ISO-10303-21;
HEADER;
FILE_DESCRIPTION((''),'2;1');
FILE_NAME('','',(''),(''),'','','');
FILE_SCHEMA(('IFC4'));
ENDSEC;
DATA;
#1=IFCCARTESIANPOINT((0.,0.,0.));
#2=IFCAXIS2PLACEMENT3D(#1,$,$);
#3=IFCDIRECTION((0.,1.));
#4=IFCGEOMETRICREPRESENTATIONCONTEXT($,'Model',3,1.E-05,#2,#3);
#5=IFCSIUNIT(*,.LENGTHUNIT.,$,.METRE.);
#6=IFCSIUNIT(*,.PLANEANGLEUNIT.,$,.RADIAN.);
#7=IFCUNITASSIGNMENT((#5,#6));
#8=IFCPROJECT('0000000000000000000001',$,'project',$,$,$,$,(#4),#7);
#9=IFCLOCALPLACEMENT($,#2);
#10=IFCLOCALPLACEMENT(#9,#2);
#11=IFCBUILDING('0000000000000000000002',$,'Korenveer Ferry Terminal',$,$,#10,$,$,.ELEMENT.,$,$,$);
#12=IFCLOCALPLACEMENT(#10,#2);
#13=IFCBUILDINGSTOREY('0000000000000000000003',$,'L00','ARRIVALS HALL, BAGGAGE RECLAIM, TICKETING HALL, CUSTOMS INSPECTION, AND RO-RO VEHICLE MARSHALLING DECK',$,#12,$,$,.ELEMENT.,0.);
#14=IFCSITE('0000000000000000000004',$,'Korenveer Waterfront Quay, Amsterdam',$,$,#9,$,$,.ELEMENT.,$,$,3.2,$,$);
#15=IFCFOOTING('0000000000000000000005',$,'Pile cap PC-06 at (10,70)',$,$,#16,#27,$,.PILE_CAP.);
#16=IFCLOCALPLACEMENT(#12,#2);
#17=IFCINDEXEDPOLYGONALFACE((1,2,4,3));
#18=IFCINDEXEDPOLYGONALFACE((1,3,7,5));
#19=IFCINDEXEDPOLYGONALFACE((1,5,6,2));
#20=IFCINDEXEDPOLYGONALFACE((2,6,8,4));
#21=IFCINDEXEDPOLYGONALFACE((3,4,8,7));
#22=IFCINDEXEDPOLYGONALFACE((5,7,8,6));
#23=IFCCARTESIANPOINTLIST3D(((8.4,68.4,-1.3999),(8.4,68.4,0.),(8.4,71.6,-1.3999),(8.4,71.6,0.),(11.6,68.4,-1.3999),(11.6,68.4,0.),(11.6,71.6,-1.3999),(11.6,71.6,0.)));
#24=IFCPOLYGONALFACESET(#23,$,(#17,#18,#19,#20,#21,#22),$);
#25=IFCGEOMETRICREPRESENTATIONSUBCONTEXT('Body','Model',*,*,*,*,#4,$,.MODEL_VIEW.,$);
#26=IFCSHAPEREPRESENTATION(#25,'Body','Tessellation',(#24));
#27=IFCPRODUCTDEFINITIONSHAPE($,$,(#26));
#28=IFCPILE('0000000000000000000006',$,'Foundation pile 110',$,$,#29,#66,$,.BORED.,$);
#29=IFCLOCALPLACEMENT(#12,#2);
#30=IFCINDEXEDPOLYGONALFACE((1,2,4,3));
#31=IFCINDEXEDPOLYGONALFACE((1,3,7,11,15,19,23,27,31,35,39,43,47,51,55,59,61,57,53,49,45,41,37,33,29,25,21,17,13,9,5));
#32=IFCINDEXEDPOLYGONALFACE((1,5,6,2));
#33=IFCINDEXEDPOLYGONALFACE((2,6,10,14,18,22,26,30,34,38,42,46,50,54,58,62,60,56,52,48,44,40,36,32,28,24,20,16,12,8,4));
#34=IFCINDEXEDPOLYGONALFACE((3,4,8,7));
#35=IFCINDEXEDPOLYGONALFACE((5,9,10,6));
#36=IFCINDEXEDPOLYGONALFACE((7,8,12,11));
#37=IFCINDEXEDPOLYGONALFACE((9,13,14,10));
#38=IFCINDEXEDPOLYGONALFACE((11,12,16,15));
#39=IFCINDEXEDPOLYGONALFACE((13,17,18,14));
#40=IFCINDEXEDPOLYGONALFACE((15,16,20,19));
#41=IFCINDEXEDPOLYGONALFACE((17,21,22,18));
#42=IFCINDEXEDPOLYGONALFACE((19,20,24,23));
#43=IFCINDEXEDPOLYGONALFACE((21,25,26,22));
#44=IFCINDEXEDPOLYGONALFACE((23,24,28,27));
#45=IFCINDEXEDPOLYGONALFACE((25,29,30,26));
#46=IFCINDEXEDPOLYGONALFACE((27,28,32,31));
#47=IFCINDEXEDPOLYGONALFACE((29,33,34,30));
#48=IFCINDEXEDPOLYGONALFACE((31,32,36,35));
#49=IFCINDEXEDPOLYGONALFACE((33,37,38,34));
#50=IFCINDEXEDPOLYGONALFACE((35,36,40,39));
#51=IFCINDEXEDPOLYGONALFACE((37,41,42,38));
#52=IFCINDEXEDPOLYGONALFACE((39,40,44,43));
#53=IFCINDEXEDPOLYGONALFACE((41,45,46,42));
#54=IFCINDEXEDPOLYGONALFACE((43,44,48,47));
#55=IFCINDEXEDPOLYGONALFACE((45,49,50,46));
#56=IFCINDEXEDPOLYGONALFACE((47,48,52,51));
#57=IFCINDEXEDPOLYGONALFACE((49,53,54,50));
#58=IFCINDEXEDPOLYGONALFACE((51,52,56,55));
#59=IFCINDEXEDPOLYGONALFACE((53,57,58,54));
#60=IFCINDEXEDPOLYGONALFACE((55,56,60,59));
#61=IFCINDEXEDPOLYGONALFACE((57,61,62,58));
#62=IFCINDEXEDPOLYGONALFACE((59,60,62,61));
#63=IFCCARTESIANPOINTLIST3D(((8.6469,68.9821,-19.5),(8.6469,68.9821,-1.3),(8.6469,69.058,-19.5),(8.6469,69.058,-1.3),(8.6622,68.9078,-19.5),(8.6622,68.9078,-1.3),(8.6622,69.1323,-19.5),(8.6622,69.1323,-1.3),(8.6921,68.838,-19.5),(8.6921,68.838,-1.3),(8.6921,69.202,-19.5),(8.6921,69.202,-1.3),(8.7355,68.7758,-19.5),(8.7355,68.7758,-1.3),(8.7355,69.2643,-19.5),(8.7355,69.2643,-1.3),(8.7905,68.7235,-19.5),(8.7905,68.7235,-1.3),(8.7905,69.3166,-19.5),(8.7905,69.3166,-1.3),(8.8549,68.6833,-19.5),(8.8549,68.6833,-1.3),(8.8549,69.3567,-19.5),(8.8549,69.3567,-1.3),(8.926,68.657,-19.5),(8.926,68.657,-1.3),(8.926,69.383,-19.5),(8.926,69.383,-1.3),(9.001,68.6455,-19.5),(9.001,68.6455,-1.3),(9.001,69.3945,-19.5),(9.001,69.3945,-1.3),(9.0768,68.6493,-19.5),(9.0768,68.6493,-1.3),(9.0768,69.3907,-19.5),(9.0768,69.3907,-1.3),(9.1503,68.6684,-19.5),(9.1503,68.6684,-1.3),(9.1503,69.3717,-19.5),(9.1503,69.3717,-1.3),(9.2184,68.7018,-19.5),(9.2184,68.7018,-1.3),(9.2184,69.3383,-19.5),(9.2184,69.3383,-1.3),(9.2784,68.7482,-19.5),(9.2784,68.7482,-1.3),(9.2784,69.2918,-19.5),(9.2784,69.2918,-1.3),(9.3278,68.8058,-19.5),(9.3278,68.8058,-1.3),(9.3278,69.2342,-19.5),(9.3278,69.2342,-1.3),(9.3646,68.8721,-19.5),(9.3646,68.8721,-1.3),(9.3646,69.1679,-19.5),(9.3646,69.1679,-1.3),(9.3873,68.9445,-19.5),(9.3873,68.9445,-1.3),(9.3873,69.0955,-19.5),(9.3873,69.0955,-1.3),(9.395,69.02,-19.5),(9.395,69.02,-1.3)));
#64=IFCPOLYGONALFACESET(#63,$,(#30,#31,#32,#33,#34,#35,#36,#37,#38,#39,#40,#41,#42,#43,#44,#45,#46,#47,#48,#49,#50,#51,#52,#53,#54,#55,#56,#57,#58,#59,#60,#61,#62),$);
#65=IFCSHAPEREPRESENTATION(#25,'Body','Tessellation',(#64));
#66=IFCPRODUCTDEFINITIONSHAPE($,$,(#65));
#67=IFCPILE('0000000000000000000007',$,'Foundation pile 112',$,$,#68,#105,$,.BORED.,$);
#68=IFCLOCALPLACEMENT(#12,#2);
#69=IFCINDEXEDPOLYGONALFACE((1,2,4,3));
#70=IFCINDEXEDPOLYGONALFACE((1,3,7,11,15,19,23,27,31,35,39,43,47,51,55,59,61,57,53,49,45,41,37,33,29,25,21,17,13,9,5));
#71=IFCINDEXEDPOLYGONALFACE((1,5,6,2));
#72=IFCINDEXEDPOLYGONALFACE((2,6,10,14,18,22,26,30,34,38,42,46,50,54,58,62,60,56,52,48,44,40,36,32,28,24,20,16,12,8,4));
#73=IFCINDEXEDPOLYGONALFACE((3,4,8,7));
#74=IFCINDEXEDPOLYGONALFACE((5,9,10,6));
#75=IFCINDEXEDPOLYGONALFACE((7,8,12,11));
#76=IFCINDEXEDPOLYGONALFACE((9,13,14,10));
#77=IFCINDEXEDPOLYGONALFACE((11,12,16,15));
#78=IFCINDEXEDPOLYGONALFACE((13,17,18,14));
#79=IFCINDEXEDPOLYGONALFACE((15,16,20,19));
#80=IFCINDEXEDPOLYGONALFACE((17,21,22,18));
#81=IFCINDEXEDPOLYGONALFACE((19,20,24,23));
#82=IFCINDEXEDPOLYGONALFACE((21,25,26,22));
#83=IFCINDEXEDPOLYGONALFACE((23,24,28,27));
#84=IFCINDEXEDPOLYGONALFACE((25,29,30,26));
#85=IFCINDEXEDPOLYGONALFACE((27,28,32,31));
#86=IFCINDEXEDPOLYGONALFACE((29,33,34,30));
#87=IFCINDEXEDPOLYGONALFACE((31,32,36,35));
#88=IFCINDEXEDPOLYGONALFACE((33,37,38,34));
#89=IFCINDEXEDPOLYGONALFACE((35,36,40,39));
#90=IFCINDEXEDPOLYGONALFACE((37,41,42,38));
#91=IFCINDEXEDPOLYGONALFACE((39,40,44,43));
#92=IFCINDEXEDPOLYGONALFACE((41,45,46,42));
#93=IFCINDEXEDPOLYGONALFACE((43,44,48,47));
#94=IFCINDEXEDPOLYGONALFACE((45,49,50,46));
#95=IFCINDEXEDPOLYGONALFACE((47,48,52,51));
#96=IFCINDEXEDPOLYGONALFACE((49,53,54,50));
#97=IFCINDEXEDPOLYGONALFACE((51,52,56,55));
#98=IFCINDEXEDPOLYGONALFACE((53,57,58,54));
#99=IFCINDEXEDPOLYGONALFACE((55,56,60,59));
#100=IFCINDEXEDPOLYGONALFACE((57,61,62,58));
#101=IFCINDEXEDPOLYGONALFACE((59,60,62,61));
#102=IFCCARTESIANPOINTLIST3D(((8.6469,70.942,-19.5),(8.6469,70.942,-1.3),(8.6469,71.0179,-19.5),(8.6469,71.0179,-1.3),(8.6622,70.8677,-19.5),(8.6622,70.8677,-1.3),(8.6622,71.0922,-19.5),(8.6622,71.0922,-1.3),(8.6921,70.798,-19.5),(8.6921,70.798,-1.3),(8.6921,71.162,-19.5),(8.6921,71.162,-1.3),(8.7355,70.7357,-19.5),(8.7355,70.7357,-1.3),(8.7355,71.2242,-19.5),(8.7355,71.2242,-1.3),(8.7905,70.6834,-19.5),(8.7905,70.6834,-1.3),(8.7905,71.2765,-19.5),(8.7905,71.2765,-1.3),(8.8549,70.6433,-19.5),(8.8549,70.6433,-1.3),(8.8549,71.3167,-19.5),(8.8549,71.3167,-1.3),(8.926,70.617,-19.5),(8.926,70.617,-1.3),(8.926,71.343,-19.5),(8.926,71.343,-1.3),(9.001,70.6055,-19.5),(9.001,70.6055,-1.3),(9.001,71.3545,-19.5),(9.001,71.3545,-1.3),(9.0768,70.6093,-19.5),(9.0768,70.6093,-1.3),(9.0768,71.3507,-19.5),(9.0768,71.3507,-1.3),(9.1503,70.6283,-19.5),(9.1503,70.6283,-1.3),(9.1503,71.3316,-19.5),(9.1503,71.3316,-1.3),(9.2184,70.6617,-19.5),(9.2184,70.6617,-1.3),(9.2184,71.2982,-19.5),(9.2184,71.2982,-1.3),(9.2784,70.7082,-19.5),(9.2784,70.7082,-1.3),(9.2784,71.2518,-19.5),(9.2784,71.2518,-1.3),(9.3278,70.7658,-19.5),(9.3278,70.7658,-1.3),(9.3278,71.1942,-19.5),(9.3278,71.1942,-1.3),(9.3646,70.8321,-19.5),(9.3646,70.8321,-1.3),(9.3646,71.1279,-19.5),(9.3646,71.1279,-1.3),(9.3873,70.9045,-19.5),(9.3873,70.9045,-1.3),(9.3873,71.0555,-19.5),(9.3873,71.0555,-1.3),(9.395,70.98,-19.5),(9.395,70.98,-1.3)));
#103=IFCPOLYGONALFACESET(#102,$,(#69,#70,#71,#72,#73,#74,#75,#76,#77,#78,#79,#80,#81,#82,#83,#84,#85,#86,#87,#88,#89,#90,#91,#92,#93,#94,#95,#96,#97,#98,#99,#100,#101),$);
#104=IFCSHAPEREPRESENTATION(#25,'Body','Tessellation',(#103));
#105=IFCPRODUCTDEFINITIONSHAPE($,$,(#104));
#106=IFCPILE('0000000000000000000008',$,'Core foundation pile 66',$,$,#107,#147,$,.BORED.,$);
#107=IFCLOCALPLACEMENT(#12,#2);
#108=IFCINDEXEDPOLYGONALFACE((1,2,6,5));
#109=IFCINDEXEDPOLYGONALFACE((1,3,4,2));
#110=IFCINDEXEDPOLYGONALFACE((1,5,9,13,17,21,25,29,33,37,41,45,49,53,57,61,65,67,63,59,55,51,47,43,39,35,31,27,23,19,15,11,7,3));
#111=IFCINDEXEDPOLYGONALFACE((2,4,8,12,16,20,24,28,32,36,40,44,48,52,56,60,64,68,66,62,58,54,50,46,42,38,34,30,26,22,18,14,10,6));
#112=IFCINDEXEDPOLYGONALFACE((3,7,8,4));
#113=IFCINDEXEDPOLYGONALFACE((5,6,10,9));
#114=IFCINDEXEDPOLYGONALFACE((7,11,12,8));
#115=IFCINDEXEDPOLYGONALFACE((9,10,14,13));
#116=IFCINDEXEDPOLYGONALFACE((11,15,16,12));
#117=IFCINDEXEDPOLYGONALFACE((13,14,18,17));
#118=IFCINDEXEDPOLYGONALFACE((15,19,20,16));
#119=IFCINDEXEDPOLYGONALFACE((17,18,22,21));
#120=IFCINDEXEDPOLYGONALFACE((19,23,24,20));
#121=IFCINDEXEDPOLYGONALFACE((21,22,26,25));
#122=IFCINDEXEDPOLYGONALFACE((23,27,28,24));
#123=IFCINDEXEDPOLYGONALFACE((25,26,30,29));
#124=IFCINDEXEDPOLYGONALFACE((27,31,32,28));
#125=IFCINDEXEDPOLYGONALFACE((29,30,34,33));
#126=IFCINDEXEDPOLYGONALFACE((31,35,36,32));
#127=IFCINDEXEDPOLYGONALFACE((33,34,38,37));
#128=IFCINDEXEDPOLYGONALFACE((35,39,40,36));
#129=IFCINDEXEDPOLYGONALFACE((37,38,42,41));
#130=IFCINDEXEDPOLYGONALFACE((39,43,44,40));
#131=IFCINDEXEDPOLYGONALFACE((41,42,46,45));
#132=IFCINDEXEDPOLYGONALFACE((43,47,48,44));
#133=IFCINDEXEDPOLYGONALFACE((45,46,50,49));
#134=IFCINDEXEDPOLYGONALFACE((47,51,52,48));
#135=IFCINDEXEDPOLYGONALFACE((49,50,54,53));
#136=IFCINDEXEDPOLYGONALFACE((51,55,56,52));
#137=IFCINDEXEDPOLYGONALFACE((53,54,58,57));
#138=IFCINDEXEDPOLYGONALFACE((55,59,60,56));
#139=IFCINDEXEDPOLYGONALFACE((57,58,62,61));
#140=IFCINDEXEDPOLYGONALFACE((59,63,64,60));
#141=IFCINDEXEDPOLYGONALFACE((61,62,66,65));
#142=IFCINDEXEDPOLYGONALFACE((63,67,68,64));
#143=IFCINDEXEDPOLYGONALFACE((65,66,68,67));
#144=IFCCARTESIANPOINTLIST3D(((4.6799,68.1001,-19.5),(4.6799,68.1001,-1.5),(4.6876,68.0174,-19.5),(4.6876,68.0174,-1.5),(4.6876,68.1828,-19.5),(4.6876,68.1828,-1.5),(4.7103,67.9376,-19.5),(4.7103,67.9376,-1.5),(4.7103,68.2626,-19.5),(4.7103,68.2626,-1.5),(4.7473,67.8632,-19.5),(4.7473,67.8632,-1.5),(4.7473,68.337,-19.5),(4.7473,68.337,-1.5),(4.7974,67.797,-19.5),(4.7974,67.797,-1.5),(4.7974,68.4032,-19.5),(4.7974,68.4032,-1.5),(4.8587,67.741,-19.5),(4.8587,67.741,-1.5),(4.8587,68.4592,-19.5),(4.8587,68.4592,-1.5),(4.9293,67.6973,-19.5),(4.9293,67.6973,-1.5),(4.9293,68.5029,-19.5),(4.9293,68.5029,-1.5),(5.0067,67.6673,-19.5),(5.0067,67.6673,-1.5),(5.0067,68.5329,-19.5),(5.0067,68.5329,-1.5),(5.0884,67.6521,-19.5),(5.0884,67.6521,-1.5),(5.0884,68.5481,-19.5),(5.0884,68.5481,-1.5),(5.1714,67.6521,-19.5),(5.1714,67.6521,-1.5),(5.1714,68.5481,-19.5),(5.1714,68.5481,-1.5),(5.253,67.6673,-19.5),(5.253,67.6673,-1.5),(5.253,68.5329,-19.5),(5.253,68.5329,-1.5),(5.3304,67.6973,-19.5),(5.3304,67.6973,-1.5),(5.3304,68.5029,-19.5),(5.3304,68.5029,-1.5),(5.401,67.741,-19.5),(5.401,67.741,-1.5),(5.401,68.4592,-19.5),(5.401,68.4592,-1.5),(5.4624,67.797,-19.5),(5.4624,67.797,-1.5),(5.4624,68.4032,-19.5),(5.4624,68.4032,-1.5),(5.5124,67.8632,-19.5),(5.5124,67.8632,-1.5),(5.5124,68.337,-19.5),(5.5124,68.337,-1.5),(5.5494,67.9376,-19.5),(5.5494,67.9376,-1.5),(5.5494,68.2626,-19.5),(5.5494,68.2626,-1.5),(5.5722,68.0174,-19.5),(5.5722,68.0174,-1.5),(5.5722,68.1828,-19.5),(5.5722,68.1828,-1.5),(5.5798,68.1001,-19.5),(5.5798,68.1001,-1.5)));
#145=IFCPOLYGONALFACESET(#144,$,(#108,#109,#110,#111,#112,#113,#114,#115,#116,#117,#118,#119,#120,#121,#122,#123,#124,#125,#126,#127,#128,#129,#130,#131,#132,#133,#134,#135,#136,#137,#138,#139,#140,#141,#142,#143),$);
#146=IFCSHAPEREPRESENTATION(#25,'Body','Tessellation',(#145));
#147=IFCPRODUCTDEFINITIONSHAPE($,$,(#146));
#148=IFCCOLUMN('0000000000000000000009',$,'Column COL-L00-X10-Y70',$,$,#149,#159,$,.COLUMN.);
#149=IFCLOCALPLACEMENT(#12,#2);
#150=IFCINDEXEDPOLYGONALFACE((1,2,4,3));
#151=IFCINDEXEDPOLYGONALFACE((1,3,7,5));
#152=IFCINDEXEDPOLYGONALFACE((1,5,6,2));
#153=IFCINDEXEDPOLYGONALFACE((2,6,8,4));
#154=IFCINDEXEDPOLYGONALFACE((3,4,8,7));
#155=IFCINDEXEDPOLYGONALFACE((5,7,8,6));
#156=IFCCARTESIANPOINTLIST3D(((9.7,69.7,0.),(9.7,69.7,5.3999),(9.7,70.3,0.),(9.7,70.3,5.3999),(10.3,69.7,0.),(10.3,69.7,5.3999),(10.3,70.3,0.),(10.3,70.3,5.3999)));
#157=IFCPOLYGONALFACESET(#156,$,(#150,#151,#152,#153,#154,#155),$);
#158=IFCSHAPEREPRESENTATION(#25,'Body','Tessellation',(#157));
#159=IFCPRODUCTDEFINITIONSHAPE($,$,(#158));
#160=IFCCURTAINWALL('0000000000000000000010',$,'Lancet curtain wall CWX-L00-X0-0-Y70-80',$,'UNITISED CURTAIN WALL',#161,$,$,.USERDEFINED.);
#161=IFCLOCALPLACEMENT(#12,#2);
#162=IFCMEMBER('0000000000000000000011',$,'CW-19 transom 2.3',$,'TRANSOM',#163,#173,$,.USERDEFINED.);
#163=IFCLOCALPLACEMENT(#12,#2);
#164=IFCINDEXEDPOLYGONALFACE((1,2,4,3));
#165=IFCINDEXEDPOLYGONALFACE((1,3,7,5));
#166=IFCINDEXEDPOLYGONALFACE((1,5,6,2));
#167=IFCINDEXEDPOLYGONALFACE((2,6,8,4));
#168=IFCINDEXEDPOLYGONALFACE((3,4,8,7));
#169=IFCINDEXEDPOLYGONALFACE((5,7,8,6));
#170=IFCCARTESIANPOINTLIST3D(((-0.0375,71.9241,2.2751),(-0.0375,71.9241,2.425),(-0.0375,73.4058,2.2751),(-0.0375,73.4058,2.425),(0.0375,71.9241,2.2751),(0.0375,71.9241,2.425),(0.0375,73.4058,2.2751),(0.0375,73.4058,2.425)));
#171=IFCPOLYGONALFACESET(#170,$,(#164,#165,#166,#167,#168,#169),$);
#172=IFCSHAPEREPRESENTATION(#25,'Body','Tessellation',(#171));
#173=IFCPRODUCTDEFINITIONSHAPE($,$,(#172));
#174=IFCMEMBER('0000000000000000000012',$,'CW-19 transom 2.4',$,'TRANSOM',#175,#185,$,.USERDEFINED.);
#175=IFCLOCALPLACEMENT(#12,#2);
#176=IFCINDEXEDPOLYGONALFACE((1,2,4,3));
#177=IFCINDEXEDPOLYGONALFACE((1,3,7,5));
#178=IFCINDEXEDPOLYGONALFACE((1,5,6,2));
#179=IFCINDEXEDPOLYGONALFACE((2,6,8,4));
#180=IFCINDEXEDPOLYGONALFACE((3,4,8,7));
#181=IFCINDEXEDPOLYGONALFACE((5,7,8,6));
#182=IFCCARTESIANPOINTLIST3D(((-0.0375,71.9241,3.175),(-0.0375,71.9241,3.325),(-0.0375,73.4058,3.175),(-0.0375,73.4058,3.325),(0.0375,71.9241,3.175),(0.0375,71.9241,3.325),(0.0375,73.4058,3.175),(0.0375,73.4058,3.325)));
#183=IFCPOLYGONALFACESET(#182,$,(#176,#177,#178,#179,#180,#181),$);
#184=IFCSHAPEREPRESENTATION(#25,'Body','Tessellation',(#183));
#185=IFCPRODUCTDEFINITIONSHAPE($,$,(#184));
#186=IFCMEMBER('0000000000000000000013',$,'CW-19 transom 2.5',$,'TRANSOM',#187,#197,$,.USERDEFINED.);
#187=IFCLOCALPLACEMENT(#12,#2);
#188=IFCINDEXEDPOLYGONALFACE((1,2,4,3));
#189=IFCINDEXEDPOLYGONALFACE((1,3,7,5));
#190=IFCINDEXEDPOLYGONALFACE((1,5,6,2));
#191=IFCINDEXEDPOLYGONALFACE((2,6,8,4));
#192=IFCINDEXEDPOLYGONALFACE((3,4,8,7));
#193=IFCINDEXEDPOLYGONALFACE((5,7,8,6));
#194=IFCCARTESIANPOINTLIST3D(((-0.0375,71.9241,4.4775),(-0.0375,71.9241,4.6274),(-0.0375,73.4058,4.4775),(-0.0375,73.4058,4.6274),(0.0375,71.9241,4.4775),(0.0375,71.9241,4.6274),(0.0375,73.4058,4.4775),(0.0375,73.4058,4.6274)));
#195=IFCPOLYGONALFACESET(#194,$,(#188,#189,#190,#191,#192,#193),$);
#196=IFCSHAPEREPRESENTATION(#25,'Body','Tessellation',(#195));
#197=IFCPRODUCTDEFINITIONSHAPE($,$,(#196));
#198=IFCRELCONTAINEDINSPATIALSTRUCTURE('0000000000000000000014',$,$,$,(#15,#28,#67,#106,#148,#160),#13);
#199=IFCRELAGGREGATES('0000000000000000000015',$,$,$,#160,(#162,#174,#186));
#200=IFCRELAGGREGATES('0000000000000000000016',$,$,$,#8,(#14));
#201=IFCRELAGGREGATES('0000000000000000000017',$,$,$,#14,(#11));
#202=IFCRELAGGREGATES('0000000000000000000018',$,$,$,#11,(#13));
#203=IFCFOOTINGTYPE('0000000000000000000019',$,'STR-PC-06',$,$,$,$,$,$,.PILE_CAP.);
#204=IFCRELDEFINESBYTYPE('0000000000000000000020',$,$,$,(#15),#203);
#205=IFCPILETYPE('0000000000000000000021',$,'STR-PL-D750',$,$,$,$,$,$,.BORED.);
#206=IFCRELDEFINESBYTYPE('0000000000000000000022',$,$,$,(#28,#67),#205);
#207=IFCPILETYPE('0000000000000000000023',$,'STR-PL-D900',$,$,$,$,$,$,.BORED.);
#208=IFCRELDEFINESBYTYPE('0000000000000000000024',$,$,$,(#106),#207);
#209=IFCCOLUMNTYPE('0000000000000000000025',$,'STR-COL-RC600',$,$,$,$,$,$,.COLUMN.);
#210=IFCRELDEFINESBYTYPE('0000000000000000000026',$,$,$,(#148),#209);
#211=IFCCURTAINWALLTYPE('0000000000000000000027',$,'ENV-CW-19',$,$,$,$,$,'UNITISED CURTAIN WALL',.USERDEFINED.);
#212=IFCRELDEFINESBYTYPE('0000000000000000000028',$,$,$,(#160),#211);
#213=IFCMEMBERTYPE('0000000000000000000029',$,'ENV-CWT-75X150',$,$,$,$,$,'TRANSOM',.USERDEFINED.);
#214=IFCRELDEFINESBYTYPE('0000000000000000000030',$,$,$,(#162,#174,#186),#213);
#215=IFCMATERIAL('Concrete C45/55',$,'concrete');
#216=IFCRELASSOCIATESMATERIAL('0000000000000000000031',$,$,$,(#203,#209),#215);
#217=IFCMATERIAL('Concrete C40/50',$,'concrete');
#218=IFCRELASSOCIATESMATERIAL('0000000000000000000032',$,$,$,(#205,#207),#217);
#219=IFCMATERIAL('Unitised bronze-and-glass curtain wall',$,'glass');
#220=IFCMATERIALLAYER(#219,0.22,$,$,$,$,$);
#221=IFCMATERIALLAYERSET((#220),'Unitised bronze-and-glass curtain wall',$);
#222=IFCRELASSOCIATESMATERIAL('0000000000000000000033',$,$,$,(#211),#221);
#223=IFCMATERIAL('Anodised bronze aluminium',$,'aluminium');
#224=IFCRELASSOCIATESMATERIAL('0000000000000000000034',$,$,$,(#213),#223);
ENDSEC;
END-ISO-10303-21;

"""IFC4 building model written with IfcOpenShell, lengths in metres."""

from ifc_helpers import new_model, si_unit, direction, frame, origin, origin_2d, place, context, subcontext, project, spatial, rectangle, circle, extrude, material, layer, layer_set, material_profile, profile_set, type_object, element, aggregate, save


model = new_model("IFC4")

# Units and contexts
model_context = context("Model", 3, precision=1e-05, world=origin(), true_north=direction((0.0, 1.0)))
body_context = subcontext(model_context, "Body", "Model", "MODEL_VIEW")
ifc_project = project(units=[si_unit("LENGTHUNIT", "METRE"), si_unit("PLANEANGLEUNIT", "RADIAN")], contexts=[model_context])

# Site, building, storey
site_placement = place(None, origin())
site = spatial("IfcSite", under=ifc_project, at=site_placement, Name="Korenveer Waterfront Quay, Amsterdam", CompositionType="ELEMENT", RefElevation=3.2)
building_placement = place(site_placement, origin())
building = spatial("IfcBuilding", under=site, at=building_placement, Name="Korenveer Ferry Terminal", CompositionType="ELEMENT")
storey_placement = place(building_placement, origin())
storey = spatial("IfcBuildingStorey", under=building, at=storey_placement, Name="L00", Description="ARRIVALS HALL, BAGGAGE RECLAIM, TICKETING HALL, CUSTOMS INSPECTION, AND RO-RO VEHICLE MARSHALLING DECK", CompositionType="ELEMENT", Elevation=0.0)

# Footing
ifc_material_1 = material(Name="Concrete C45/55", Category="concrete")
footing_type = type_object("IfcFootingType", Name="STR-PC-06", PredefinedType="PILE_CAP", material=ifc_material_1)
footing_placement = place(storey_placement, frame((10.0, 70.0, -1.3999), z_axis=(0.0, 0.0, 1.0), x_axis=(1.0, 0.0, 0.0)))
element("IfcFooting", 1, at=footing_placement, inside=storey, type_object=footing_type, Name="Pile cap PC-06 at (10,70)", PredefinedType="PILE_CAP", context=body_context, shape_type="SweptSolid", body=[
    extrude(rectangle(XDim=3.2, YDim=3.2, at=origin_2d()), origin(), (0.0, 0.0, 1.0), 1.3999),
])

# Piles
ifc_material_2 = material(Name="Concrete C40/50", Category="concrete")
ifc_material_profile_1 = material_profile(ifc_material_2, circle(Radius=0.375, at=origin_2d()), Name="PILE D750")
ifc_profile_set_1 = profile_set([ifc_material_profile_1], Name="Concrete C40/50")
pile_type_1 = type_object("IfcPileType", Name="STR-PL-D750", PredefinedType="BORED", material=ifc_profile_set_1)
for number, where, z_axis, x_axis, name in (
    (2, (9.02, 69.02, -1.3), (0.0, 0.0, -1.0), (1.0, 0.0, 0.0), "Foundation pile 110"),
    (3, (9.02, 70.98, -1.3), (0.0, 0.0, -1.0), (1.0, 0.0, 0.0), "Foundation pile 112"),
):
    element("IfcPile", number, at=place(storey_placement, frame(where, z_axis=z_axis, x_axis=x_axis)), inside=storey, type_object=pile_type_1, Name=name, PredefinedType="BORED", context=body_context, shape_type="SweptSolid", body=[
        extrude(circle(Radius=0.375, at=origin_2d()), origin(), (0.0, 0.0, 1.0), 18.2),
    ])
ifc_material_profile_2 = material_profile(ifc_material_2, circle(Radius=0.45, at=origin_2d()), Name="PILE D900")
ifc_profile_set_2 = profile_set([ifc_material_profile_2], Name="Concrete C40/50")
pile_type_2 = type_object("IfcPileType", Name="STR-PL-D900", PredefinedType="BORED", material=ifc_profile_set_2)
pile_placement = place(storey_placement, frame((5.1299, 68.1001, -1.5), z_axis=(0.0, 0.0, -1.0), x_axis=(1.0, 0.0, 0.0)))
element("IfcPile", 4, at=pile_placement, inside=storey, type_object=pile_type_2, Name="Core foundation pile 66", PredefinedType="BORED", context=body_context, shape_type="SweptSolid", body=[
    extrude(circle(Radius=0.45, at=origin_2d()), origin(), (0.0, 0.0, 1.0), 18.0),
])

# Column
ifc_material_profile_3 = material_profile(ifc_material_1, rectangle(XDim=0.6001, YDim=0.6001, at=origin_2d()), Name="RC 600x600")
ifc_profile_set_3 = profile_set([ifc_material_profile_3], Name="Concrete C45/55")
column_type = type_object("IfcColumnType", Name="STR-COL-RC600", PredefinedType="COLUMN", material=ifc_profile_set_3)
column_placement = place(storey_placement, frame((10.0, 70.0, 0.0), z_axis=(0.0, 0.0, 1.0), x_axis=(1.0, 0.0, 0.0)))
element("IfcColumn", 5, at=column_placement, inside=storey, type_object=column_type, Name="Column COL-L00-X10-Y70", PredefinedType="COLUMN", context=body_context, shape_type="SweptSolid", body=[
    extrude(rectangle(XDim=0.6001, YDim=0.6001, at=origin_2d()), origin(), (0.0, 0.0, 1.0), 5.3999),
])

# Curtain wall, members
ifc_material_3 = material(Name="Unitised bronze-and-glass curtain wall", Category="glass")
ifc_layer_1 = layer(ifc_material_3, 0.22)
ifc_layer_set_1 = layer_set([ifc_layer_1], Name="Unitised bronze-and-glass curtain wall")
curtain_wall_type = type_object("IfcCurtainWallType", Name="ENV-CW-19", ElementType="UNITISED CURTAIN WALL", PredefinedType="USERDEFINED", material=ifc_layer_set_1)
curtain_wall_placement = place(storey_placement, frame((0.0, 70.3301, 0.0)))
curtain_wall = element("IfcCurtainWall", 6, at=curtain_wall_placement, inside=storey, type_object=curtain_wall_type, Name="Lancet curtain wall CWX-L00-X0-0-Y70-80", ObjectType="UNITISED CURTAIN WALL", PredefinedType="USERDEFINED")
ifc_material_4 = material(Name="Anodised bronze aluminium", Category="aluminium")
ifc_material_profile_4 = material_profile(ifc_material_4, rectangle(XDim=0.075, YDim=0.1499, at=origin_2d()), Name="ALU 75x150")
ifc_profile_set_4 = profile_set([ifc_material_profile_4], Name="Anodised bronze aluminium")
member_type = type_object("IfcMemberType", Name="ENV-CWT-75X150", ElementType="TRANSOM", PredefinedType="USERDEFINED", material=ifc_profile_set_4)
member_1_placement = place(storey_placement, frame((0.0, 71.9241, 2.3501), z_axis=(0.0, 1.0, 0.0), x_axis=(-1.0, 0.0, 0.0)))
member_1 = element("IfcMember", 7, at=member_1_placement, type_object=member_type, Name="CW-19 transom 2.3", ObjectType="TRANSOM", PredefinedType="USERDEFINED", context=body_context, shape_type="SweptSolid", body=[
    extrude(rectangle(XDim=0.075, YDim=0.1499, at=origin_2d()), origin(), (0.0, 0.0, 1.0), 1.4817),
])
member_2_placement = place(storey_placement, frame((0.0, 71.9241, 3.25), z_axis=(0.0, 1.0, 0.0), x_axis=(-1.0, 0.0, 0.0)))
member_2 = element("IfcMember", 8, at=member_2_placement, type_object=member_type, Name="CW-19 transom 2.4", ObjectType="TRANSOM", PredefinedType="USERDEFINED", context=body_context, shape_type="SweptSolid", body=[
    extrude(rectangle(XDim=0.075, YDim=0.1499, at=origin_2d()), origin(), (0.0, 0.0, 1.0), 1.4817),
])
member_3_placement = place(storey_placement, frame((0.0, 71.9241, 4.5525), z_axis=(0.0, 1.0, 0.0), x_axis=(-1.0, 0.0, 0.0)))
member_3 = element("IfcMember", 9, at=member_3_placement, type_object=member_type, Name="CW-19 transom 2.5", ObjectType="TRANSOM", PredefinedType="USERDEFINED", context=body_context, shape_type="SweptSolid", body=[
    extrude(rectangle(XDim=0.075, YDim=0.1499, at=origin_2d()), origin(), (0.0, 0.0, 1.0), 1.4817),
])
aggregate(curtain_wall, [member_1, member_2, member_3])

save(model, "model.ifc")
